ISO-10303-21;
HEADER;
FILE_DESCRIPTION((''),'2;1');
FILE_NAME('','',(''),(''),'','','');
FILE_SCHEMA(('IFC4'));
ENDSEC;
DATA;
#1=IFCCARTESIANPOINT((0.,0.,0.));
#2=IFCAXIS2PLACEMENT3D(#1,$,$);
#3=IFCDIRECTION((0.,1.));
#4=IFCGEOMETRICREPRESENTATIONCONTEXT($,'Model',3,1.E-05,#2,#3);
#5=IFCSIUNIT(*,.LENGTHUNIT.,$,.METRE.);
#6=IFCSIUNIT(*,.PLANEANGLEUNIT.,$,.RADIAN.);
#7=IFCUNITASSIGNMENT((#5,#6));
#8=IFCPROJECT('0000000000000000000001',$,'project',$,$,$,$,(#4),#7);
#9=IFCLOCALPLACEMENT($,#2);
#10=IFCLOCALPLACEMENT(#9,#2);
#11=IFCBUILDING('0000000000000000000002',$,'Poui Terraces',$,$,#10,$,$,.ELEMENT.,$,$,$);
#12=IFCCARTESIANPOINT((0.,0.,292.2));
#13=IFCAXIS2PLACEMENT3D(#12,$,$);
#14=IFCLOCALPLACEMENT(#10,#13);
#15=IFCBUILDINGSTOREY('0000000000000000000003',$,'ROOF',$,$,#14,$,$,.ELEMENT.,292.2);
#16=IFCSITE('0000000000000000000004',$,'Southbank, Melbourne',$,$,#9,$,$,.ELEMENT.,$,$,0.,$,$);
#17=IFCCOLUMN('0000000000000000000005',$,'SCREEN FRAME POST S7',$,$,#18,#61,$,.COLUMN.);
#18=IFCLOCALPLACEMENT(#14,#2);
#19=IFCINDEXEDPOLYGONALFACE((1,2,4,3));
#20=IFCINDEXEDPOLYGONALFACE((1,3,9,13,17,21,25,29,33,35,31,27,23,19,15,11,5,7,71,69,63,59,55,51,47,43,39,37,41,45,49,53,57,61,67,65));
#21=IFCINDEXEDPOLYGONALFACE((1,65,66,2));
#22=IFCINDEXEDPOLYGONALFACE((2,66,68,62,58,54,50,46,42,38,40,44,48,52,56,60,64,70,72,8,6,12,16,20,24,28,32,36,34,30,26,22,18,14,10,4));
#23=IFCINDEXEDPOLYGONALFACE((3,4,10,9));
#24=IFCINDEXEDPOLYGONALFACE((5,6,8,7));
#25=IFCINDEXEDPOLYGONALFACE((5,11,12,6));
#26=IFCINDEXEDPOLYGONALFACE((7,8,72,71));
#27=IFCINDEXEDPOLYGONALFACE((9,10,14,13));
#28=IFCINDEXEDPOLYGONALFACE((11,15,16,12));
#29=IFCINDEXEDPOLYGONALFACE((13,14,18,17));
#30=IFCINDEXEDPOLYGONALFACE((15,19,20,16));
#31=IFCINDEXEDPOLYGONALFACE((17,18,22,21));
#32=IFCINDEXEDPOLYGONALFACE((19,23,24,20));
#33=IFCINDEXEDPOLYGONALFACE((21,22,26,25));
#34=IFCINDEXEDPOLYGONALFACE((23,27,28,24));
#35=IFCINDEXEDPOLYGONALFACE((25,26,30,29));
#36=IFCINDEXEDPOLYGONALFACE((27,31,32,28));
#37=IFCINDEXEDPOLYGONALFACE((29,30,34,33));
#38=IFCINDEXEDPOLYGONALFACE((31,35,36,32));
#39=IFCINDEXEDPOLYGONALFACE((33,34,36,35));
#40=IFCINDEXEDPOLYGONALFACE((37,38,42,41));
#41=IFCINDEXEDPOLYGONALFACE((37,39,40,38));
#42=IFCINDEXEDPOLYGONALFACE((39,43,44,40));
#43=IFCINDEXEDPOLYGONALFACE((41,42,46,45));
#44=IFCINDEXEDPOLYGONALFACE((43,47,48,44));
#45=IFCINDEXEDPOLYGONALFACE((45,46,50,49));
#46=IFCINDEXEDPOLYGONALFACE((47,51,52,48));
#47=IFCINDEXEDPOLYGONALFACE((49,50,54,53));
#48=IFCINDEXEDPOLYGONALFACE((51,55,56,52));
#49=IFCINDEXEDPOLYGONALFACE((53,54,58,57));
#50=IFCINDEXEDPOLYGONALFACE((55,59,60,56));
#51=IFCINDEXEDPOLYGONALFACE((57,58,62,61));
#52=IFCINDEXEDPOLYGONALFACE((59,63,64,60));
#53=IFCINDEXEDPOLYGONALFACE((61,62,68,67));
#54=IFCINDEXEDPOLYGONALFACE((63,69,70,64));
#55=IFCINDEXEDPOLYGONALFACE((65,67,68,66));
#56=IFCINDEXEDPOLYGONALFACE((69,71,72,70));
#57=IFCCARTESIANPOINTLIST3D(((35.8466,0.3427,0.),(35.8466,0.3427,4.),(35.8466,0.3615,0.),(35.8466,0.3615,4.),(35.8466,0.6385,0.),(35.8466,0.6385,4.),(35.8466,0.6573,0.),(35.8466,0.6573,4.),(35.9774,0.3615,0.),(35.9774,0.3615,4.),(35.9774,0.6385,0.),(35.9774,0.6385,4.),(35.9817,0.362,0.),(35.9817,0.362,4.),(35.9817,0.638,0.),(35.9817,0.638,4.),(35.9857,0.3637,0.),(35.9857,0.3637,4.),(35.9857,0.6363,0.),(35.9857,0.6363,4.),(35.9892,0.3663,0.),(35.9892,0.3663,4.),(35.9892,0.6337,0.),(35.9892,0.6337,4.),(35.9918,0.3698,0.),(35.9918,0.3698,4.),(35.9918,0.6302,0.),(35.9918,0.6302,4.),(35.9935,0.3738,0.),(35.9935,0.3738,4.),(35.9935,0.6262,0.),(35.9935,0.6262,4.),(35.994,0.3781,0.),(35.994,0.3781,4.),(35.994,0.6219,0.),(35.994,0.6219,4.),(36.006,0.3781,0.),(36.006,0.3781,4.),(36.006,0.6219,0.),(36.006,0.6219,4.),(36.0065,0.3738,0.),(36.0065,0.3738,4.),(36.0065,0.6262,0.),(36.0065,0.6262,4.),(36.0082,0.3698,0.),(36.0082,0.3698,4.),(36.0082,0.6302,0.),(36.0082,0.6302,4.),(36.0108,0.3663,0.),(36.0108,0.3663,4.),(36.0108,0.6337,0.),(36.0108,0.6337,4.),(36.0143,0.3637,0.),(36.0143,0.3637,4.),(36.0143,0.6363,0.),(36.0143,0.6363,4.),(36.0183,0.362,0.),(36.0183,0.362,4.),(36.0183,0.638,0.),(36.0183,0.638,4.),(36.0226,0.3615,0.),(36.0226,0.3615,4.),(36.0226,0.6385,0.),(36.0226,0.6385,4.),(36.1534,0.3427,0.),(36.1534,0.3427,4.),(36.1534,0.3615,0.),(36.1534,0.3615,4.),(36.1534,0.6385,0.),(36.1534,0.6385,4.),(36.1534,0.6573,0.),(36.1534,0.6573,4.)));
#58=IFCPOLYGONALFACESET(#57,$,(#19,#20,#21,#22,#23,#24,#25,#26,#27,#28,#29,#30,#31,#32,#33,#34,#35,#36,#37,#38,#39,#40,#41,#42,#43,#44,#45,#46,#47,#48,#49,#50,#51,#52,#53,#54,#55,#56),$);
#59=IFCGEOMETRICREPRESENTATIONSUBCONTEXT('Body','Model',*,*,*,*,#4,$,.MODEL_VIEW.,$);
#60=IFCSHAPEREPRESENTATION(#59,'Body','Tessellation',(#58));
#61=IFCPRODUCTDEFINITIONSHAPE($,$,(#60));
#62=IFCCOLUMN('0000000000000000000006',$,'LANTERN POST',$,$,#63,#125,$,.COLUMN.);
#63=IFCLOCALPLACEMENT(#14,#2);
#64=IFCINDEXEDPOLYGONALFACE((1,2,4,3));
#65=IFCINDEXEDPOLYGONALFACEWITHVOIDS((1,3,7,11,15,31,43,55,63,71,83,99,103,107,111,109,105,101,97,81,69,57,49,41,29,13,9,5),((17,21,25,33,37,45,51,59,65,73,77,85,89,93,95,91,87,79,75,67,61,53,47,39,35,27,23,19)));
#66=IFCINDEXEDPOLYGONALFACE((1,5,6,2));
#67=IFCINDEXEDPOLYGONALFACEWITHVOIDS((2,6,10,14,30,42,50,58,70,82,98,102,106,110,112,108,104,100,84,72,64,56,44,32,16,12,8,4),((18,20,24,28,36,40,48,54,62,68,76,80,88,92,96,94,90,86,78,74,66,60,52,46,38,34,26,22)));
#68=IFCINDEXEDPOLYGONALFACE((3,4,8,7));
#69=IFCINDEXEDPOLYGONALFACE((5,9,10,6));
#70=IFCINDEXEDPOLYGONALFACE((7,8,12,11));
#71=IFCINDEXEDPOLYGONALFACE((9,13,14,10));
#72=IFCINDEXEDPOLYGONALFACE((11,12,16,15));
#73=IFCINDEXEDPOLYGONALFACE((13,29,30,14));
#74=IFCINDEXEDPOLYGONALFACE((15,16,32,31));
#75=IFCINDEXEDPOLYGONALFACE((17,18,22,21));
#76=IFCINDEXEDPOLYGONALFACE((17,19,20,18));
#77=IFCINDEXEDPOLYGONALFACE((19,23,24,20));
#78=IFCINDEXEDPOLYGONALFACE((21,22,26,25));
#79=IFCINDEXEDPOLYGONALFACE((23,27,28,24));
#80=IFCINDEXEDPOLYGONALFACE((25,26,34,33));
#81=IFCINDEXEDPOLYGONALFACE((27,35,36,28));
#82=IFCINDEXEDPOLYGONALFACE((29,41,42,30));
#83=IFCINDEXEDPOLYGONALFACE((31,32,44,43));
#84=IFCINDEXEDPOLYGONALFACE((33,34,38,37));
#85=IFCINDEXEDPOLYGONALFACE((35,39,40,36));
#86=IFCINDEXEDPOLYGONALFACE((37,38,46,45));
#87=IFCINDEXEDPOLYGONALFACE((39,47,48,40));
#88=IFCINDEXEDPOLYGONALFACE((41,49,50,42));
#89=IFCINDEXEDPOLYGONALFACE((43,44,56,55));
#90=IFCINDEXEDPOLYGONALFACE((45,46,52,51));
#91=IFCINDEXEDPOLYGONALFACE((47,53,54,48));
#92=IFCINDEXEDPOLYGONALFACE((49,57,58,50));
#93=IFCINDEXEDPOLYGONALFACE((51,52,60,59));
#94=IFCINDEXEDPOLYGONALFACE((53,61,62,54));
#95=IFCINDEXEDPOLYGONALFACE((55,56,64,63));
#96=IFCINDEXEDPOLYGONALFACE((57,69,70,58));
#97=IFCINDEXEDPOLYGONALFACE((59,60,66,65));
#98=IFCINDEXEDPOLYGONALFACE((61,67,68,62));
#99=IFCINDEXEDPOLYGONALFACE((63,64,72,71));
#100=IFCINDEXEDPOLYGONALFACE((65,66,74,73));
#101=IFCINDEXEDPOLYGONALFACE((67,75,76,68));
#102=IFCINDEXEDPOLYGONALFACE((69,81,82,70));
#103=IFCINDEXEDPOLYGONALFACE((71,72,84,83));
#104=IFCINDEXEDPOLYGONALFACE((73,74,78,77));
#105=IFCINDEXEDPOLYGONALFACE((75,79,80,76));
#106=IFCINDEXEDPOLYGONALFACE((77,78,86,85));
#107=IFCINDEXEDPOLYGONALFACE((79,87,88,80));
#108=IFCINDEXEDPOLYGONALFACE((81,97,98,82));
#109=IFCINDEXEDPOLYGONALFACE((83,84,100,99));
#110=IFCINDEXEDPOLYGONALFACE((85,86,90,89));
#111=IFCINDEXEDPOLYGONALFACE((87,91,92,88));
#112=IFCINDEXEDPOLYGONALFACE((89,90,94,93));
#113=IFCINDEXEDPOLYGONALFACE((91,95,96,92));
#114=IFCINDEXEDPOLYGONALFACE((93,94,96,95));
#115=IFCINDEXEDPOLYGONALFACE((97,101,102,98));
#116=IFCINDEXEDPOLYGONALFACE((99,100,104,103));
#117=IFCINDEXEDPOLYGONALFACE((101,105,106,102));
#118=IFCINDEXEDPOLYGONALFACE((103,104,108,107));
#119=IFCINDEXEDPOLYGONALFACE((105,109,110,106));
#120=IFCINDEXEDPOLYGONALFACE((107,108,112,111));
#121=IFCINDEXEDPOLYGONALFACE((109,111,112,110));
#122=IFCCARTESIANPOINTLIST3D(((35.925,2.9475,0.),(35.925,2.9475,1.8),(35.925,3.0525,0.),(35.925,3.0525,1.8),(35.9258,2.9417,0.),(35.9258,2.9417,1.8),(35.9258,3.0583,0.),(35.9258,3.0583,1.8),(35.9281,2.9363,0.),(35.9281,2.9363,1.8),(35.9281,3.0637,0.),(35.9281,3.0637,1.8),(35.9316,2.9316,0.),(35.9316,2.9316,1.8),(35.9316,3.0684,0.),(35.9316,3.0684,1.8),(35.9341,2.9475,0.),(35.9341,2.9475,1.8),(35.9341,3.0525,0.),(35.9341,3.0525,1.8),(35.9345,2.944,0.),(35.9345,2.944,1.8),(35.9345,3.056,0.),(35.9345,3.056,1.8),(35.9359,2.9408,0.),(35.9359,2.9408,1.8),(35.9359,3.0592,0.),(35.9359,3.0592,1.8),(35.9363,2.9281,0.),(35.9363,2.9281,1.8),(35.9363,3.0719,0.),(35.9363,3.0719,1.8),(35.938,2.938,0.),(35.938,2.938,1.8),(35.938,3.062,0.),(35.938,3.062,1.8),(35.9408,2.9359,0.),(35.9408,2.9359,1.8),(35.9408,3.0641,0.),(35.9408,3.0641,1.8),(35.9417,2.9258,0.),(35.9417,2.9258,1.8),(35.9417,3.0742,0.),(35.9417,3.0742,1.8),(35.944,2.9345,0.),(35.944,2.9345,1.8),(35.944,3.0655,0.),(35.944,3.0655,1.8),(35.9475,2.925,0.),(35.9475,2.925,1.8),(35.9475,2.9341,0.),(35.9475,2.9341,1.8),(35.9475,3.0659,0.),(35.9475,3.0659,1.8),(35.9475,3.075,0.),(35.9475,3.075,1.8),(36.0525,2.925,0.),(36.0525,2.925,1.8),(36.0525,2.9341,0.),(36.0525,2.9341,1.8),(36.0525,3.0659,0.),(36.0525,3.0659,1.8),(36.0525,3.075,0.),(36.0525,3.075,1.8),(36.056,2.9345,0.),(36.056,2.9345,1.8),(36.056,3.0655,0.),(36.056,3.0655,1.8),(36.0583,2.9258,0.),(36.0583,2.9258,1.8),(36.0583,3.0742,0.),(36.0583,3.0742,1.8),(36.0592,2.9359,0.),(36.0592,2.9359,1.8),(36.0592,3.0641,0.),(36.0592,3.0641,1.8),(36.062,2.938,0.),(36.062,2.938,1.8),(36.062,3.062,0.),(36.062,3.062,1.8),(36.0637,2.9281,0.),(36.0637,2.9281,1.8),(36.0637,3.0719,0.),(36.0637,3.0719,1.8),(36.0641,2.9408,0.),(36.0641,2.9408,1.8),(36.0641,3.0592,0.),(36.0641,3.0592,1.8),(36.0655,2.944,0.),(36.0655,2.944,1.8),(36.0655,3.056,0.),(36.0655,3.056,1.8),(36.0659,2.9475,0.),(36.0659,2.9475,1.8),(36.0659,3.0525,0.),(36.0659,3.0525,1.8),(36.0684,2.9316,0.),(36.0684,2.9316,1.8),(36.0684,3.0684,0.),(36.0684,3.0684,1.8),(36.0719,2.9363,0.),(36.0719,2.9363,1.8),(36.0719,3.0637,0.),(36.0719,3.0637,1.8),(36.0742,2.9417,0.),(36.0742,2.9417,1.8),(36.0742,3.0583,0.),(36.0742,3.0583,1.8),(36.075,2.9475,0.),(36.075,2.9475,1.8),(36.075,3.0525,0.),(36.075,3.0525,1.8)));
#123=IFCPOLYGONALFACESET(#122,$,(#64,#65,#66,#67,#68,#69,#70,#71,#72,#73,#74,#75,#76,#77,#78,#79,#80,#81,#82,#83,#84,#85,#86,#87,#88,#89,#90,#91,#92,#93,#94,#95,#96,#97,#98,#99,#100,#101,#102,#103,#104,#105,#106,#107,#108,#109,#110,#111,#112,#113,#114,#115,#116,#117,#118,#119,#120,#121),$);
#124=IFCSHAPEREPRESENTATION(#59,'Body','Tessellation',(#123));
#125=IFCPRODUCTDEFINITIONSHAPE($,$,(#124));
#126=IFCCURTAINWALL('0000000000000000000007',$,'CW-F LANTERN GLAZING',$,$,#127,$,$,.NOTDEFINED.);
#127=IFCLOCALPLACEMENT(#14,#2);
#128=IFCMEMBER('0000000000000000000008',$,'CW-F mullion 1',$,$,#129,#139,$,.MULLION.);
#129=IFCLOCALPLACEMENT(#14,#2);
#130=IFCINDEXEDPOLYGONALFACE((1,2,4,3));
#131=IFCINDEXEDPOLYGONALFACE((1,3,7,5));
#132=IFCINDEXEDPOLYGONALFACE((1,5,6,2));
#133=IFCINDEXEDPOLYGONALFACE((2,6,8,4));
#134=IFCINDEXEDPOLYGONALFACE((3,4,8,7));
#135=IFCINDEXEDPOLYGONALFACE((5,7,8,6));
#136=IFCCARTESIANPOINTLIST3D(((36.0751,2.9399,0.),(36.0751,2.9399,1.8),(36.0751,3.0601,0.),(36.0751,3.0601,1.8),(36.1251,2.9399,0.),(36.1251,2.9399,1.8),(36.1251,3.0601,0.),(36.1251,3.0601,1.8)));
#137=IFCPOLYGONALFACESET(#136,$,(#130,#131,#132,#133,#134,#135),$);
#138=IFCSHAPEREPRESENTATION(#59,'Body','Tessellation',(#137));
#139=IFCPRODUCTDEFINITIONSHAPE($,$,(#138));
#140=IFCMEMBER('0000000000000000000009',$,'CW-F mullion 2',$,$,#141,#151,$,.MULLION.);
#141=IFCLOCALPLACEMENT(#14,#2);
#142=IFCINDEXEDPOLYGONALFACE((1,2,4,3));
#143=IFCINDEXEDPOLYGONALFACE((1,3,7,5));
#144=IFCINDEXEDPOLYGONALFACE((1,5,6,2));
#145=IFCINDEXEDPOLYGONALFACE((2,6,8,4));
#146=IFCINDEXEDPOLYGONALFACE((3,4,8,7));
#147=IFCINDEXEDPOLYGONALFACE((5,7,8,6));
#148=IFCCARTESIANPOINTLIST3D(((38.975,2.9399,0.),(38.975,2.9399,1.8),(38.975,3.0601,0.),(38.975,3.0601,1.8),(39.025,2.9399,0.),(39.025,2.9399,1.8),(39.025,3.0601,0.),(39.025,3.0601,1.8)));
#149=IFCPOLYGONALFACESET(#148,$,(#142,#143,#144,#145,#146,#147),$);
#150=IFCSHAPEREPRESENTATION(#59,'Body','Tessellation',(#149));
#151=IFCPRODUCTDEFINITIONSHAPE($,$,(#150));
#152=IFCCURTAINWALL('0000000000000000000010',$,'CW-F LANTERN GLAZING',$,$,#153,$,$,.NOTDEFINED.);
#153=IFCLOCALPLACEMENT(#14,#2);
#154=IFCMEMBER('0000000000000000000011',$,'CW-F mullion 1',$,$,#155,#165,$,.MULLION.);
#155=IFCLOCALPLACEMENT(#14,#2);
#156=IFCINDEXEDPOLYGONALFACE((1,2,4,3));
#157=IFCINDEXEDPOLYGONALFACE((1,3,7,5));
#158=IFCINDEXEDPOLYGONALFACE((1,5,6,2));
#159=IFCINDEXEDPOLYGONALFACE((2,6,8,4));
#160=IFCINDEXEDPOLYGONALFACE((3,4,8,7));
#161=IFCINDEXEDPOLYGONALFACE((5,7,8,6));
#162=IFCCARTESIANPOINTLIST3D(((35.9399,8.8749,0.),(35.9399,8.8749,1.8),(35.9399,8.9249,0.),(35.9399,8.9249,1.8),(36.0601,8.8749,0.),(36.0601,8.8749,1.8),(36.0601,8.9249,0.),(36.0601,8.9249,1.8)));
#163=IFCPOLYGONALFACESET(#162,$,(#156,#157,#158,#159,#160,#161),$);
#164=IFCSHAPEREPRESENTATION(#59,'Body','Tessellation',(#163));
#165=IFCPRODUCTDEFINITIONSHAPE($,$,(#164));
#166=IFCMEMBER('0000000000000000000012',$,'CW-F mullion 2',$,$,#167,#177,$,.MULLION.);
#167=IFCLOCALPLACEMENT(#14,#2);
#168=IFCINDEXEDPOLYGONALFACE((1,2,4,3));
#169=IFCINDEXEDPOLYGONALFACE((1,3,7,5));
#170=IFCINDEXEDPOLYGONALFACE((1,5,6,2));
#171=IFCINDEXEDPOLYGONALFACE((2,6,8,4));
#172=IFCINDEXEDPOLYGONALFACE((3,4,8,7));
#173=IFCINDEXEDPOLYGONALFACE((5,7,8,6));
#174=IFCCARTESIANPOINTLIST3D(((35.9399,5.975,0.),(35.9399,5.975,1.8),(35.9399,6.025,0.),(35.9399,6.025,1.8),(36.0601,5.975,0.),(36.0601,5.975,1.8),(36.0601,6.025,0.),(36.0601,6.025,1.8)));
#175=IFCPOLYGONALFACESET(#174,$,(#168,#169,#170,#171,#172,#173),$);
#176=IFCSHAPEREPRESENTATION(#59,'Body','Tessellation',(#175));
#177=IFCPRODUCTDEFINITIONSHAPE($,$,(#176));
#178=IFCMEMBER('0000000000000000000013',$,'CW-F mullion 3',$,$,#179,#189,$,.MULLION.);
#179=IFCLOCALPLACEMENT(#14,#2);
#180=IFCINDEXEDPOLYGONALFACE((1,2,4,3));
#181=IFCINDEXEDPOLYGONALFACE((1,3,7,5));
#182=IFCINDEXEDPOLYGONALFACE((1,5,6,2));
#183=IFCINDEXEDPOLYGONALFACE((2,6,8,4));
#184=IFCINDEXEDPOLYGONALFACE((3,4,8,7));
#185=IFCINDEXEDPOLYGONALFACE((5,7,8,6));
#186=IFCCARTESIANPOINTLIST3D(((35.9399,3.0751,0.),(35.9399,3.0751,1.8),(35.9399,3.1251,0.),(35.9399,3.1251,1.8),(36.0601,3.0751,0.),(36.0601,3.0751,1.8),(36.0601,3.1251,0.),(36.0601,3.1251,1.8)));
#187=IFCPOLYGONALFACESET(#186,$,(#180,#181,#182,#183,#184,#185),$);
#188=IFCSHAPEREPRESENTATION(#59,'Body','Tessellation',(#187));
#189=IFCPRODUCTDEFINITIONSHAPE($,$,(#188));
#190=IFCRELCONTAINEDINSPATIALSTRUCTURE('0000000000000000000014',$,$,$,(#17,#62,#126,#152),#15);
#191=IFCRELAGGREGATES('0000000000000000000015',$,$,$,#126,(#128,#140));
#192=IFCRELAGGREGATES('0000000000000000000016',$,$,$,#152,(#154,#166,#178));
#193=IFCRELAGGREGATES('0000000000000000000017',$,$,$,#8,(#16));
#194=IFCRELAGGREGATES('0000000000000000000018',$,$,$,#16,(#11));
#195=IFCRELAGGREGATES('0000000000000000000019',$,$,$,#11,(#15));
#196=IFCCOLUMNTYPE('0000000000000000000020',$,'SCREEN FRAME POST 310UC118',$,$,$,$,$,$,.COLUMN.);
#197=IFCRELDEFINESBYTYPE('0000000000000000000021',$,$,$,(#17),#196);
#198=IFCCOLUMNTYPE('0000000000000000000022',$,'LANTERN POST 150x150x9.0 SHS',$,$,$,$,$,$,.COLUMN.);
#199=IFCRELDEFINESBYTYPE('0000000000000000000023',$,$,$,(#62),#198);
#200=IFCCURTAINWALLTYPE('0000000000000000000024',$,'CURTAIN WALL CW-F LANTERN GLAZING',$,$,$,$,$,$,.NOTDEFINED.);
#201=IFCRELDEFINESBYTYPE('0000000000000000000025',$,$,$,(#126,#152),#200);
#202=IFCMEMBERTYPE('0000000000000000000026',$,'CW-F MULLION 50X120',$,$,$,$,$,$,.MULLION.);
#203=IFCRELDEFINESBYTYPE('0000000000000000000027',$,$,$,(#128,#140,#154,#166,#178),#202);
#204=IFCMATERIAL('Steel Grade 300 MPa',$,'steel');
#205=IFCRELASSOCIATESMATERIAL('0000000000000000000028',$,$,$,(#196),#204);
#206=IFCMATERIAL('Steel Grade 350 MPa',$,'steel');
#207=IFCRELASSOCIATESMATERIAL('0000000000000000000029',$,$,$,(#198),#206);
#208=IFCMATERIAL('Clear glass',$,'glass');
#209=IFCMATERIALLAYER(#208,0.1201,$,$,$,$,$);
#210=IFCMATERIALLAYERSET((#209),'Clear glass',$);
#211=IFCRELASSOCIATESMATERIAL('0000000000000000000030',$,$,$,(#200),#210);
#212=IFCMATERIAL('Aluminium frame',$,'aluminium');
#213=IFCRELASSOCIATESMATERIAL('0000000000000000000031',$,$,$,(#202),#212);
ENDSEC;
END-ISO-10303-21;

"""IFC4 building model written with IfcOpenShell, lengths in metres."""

from ifc_helpers import new_model, si_unit, direction, frame, origin, origin_2d, place, context, subcontext, project, spatial, rectangle, hollow_rectangle, i_section, extrude, source, transform, mapped, material, layer, layer_set, material_profile, profile_set, type_object, element, aggregate, save


model = new_model("IFC4")

# Units and contexts
model_context = context("Model", 3, precision=1e-05, world=origin(), true_north=direction((0.0, 1.0)))
body_context = subcontext(model_context, "Body", "Model", "MODEL_VIEW")
ifc_project = project(units=[si_unit("LENGTHUNIT", "METRE"), si_unit("PLANEANGLEUNIT", "RADIAN")], contexts=[model_context])

# Site, building, storey
site_placement = place(None, origin())
site = spatial("IfcSite", under=ifc_project, at=site_placement, Name="Southbank, Melbourne", CompositionType="ELEMENT", RefElevation=0.0)
building_placement = place(site_placement, origin())
building = spatial("IfcBuilding", under=site, at=building_placement, Name="Poui Terraces", CompositionType="ELEMENT")
storey_placement = place(building_placement, frame((0.0, 0.0, 292.2)))
storey = spatial("IfcBuildingStorey", under=building, at=storey_placement, Name="ROOF", CompositionType="ELEMENT", Elevation=292.2)

# Columns
ifc_material_1 = material(Name="Steel Grade 300 MPa", Category="steel")
ifc_material_profile_1 = material_profile(ifc_material_1, i_section(OverallWidth=0.3069, OverallDepth=0.3147, WebThickness=0.012, FlangeThickness=0.0188, FilletRadius=0.0166, at=origin_2d()), Name="310UC118")
ifc_profile_set_1 = profile_set([ifc_material_profile_1], Name="Steel Grade 300 MPa")
column_type_1 = type_object("IfcColumnType", Name="SCREEN FRAME POST 310UC118", PredefinedType="COLUMN", material=ifc_profile_set_1)
shared_shape_1 = source(origin(), body_context, "Body", "SweptSolid", [
    extrude(i_section(OverallWidth=0.3069, OverallDepth=0.3147, WebThickness=0.012, FlangeThickness=0.0188, FilletRadius=0.0166, at=origin_2d()), origin(), (0.0, 0.0, 1.0), 4.0),
])
column_1_placement = place(storey_placement, frame((36.0, 0.5, 0.0), z_axis=(0.0, 0.0, 1.0), x_axis=(1.0, 0.0, 0.0)))
element("IfcColumn", 1, at=column_1_placement, inside=storey, type_object=column_type_1, Name="SCREEN FRAME POST S7", PredefinedType="COLUMN", context=body_context, shape_type="MappedRepresentation", body=[
    mapped(shared_shape_1, transform((0.0, 0.0, 0.0))),
])
ifc_material_2 = material(Name="Steel Grade 350 MPa", Category="steel")
ifc_material_profile_2 = material_profile(ifc_material_2, hollow_rectangle(XDim=0.1499, YDim=0.1499, WallThickness=0.009, InnerFilletRadius=0.0134, OuterFilletRadius=0.0225, at=origin_2d()), Name="150x150x9.0 SHS")
ifc_profile_set_2 = profile_set([ifc_material_profile_2], Name="Steel Grade 350 MPa")
column_type_2 = type_object("IfcColumnType", Name="LANTERN POST 150x150x9.0 SHS", PredefinedType="COLUMN", material=ifc_profile_set_2)
shared_shape_2 = source(origin(), body_context, "Body", "SweptSolid", [
    extrude(hollow_rectangle(XDim=0.1499, YDim=0.1499, WallThickness=0.009, InnerFilletRadius=0.0134, OuterFilletRadius=0.0225, at=origin_2d()), origin(), (0.0, 0.0, 1.0), 1.8),
])
column_2_placement = place(storey_placement, frame((36.0, 3.0, 0.0), z_axis=(0.0, 0.0, 1.0), x_axis=(1.0, 0.0, 0.0)))
element("IfcColumn", 2, at=column_2_placement, inside=storey, type_object=column_type_2, Name="LANTERN POST", PredefinedType="COLUMN", context=body_context, shape_type="MappedRepresentation", body=[
    mapped(shared_shape_2, transform((0.0, 0.0, 0.0))),
])

# Curtain walls, members
ifc_material_3 = material(Name="Clear glass", Category="glass")
ifc_layer_1 = layer(ifc_material_3, 0.1201)
ifc_layer_set_1 = layer_set([ifc_layer_1], Name="Clear glass")
curtain_wall_type = type_object("IfcCurtainWallType", Name="CURTAIN WALL CW-F LANTERN GLAZING", PredefinedType="NOTDEFINED", material=ifc_layer_set_1)
curtain_wall_1_placement = place(storey_placement, origin())
curtain_wall_1 = element("IfcCurtainWall", 3, at=curtain_wall_1_placement, inside=storey, type_object=curtain_wall_type, Name="CW-F LANTERN GLAZING", PredefinedType="NOTDEFINED")
ifc_material_4 = material(Name="Aluminium frame", Category="aluminium")
ifc_material_profile_3 = material_profile(ifc_material_4, rectangle(XDim=0.1201, YDim=0.05, at=origin_2d()), Name="CW-F MULLION 50X120")
ifc_profile_set_3 = profile_set([ifc_material_profile_3], Name="Aluminium frame")
member_type_1 = type_object("IfcMemberType", Name="CW-F MULLION 50X120", PredefinedType="MULLION", material=ifc_profile_set_3)
member_1_placement = place(storey_placement, frame((36.1001, 3.0, 0.0), z_axis=(0.0, 0.0, 1.0), x_axis=(0.0, 1.0, 0.0)))
member_1 = element("IfcMember", 4, at=member_1_placement, type_object=member_type_1, Name="CW-F mullion 1", PredefinedType="MULLION", context=body_context, shape_type="SweptSolid", body=[
    extrude(rectangle(XDim=0.1201, YDim=0.05, at=origin_2d()), origin(), (0.0, 0.0, 1.0), 1.8),
])
member_2_placement = place(storey_placement, frame((39.0, 3.0, 0.0), z_axis=(0.0, 0.0, 1.0), x_axis=(0.0, 1.0, 0.0)))
member_2 = element("IfcMember", 5, at=member_2_placement, type_object=member_type_1, Name="CW-F mullion 2", PredefinedType="MULLION", context=body_context, shape_type="SweptSolid", body=[
    extrude(rectangle(XDim=0.1201, YDim=0.05, at=origin_2d()), origin(), (0.0, 0.0, 1.0), 1.8),
])
curtain_wall_2_placement = place(storey_placement, origin())
curtain_wall_2 = element("IfcCurtainWall", 6, at=curtain_wall_2_placement, inside=storey, type_object=curtain_wall_type, Name="CW-F LANTERN GLAZING", PredefinedType="NOTDEFINED")
member_3_placement = place(storey_placement, frame((36.0, 8.8999, 0.0), z_axis=(0.0, 0.0, 1.0), x_axis=(1.0, 0.0, 0.0)))
member_3 = element("IfcMember", 7, at=member_3_placement, type_object=member_type_1, Name="CW-F mullion 1", PredefinedType="MULLION", context=body_context, shape_type="SweptSolid", body=[
    extrude(rectangle(XDim=0.1201, YDim=0.05, at=origin_2d()), origin(), (0.0, 0.0, 1.0), 1.8),
])
member_4_placement = place(storey_placement, frame((36.0, 6.0, 0.0), z_axis=(0.0, 0.0, 1.0), x_axis=(1.0, 0.0, 0.0)))
member_4 = element("IfcMember", 8, at=member_4_placement, type_object=member_type_1, Name="CW-F mullion 2", PredefinedType="MULLION", context=body_context, shape_type="SweptSolid", body=[
    extrude(rectangle(XDim=0.1201, YDim=0.05, at=origin_2d()), origin(), (0.0, 0.0, 1.0), 1.8),
])
member_5_placement = place(storey_placement, frame((36.0, 3.1001, 0.0), z_axis=(0.0, 0.0, 1.0), x_axis=(1.0, 0.0, 0.0)))
member_5 = element("IfcMember", 9, at=member_5_placement, type_object=member_type_1, Name="CW-F mullion 3", PredefinedType="MULLION", context=body_context, shape_type="SweptSolid", body=[
    extrude(rectangle(XDim=0.1201, YDim=0.05, at=origin_2d()), origin(), (0.0, 0.0, 1.0), 1.8),
])

aggregate(curtain_wall_1, [member_1, member_2])
aggregate(curtain_wall_2, [member_3, member_4, member_5])

save(model, "model.ifc")
